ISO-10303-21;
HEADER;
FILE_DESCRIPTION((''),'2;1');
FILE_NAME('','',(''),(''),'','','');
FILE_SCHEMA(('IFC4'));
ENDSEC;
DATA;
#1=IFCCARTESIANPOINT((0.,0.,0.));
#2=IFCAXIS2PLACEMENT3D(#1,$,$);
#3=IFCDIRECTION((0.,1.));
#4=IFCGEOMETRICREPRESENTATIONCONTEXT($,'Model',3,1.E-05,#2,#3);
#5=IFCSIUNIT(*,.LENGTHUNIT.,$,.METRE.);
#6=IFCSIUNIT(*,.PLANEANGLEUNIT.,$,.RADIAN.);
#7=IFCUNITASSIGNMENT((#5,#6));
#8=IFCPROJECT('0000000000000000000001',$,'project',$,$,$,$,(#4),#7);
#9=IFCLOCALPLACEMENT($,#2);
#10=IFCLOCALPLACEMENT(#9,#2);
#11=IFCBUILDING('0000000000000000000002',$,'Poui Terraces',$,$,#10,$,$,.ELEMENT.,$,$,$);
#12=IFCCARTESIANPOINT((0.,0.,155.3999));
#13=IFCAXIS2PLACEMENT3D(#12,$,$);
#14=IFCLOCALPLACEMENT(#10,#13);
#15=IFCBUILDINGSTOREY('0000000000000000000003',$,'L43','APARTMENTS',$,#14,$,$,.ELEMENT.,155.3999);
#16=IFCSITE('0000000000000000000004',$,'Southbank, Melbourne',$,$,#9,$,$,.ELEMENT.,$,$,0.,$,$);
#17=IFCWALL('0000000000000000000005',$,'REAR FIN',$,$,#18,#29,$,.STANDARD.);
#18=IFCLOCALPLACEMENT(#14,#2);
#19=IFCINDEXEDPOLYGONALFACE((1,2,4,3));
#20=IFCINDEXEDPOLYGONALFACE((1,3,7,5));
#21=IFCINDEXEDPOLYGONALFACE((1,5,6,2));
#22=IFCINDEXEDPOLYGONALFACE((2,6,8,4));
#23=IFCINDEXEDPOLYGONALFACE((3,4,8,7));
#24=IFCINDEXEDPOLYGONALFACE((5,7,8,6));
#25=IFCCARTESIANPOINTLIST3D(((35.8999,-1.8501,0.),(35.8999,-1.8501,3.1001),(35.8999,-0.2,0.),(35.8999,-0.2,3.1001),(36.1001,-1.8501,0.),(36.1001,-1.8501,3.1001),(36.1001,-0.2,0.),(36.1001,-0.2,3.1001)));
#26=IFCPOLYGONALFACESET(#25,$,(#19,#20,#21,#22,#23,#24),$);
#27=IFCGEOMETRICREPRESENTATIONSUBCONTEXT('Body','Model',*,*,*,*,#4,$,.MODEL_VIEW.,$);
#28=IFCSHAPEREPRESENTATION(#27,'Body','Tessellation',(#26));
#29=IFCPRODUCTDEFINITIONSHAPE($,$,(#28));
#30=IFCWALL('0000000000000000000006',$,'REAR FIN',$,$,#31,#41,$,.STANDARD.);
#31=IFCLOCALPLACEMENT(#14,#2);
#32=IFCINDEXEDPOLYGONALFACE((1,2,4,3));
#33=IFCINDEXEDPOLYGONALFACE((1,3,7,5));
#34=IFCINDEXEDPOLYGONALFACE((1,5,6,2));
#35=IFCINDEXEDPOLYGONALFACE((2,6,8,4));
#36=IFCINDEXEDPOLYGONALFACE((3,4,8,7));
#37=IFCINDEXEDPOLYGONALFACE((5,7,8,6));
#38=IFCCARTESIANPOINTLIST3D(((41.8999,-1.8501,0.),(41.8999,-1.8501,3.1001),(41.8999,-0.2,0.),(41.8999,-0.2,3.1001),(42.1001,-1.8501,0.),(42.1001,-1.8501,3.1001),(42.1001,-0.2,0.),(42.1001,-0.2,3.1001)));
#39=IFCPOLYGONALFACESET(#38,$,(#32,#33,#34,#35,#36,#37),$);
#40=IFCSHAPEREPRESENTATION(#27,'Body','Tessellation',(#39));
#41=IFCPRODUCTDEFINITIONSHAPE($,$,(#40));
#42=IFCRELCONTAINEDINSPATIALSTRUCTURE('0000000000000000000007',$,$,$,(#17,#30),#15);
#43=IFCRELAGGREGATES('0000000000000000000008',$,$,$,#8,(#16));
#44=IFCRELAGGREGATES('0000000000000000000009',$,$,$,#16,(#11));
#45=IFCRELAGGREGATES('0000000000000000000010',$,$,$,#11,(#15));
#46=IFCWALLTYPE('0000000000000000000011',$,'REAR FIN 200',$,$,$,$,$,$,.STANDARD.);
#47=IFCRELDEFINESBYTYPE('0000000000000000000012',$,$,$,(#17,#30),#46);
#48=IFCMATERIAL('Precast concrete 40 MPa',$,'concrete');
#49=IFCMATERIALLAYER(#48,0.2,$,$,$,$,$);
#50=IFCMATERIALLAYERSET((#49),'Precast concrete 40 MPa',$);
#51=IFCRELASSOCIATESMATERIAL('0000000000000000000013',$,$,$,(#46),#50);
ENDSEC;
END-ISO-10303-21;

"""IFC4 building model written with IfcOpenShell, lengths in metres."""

from ifc_helpers import new_model, si_unit, direction, frame, origin, place, context, subcontext, project, spatial, polyline, outline, extrude, source, transform, mapped, material, layer, layer_set, type_object, element, save


model = new_model("IFC4")

# Units and contexts
model_context = context("Model", 3, precision=1e-05, world=origin(), true_north=direction((0.0, 1.0)))
body_context = subcontext(model_context, "Body", "Model", "MODEL_VIEW")
ifc_project = project(units=[si_unit("LENGTHUNIT", "METRE"), si_unit("PLANEANGLEUNIT", "RADIAN")], contexts=[model_context])

# Site, building, storey
site_placement = place(None, origin())
site = spatial("IfcSite", under=ifc_project, at=site_placement, Name="Southbank, Melbourne", CompositionType="ELEMENT", RefElevation=0.0)
building_placement = place(site_placement, origin())
building = spatial("IfcBuilding", under=site, at=building_placement, Name="Poui Terraces", CompositionType="ELEMENT")
storey_placement = place(building_placement, frame((0.0, 0.0, 155.3999)))
storey = spatial("IfcBuildingStorey", under=building, at=storey_placement, Name="L43", Description="APARTMENTS", CompositionType="ELEMENT", Elevation=155.3999)

# Shared definitions
ifc_material_1 = material(Name="Precast concrete 40 MPa", Category="concrete")

# Walls
ifc_layer_1 = layer(ifc_material_1, 0.2)
ifc_layer_set_1 = layer_set([ifc_layer_1], Name="Precast concrete 40 MPa")
wall_type_1 = type_object("IfcWallType", Name="REAR FIN 200", PredefinedType="STANDARD", material=ifc_layer_set_1)
shared_shape_1 = source(origin(), body_context, "Body", "SweptSolid", [
    extrude(outline(polyline([(0.0, 0.0), (0.2002, 0.0), (0.2002, 1.6501), (0.0, 1.6501), (0.0, 0.0)])), origin(), (0.0, 0.0, 1.0), 3.1001),
])
for number, where, name in (
    (1, (35.8999, -1.8501, 0.0), "REAR FIN"),
    (2, (41.8999, -1.8501, 0.0), "REAR FIN"),
):
    element("IfcWall", number, at=place(storey_placement, frame(where)), inside=storey, type_object=wall_type_1, Name=name, PredefinedType="STANDARD", context=body_context, shape_type="MappedRepresentation", body=[
        mapped(shared_shape_1, transform((0.0, 0.0, 0.0))),
    ])

save(model, "model.ifc")
